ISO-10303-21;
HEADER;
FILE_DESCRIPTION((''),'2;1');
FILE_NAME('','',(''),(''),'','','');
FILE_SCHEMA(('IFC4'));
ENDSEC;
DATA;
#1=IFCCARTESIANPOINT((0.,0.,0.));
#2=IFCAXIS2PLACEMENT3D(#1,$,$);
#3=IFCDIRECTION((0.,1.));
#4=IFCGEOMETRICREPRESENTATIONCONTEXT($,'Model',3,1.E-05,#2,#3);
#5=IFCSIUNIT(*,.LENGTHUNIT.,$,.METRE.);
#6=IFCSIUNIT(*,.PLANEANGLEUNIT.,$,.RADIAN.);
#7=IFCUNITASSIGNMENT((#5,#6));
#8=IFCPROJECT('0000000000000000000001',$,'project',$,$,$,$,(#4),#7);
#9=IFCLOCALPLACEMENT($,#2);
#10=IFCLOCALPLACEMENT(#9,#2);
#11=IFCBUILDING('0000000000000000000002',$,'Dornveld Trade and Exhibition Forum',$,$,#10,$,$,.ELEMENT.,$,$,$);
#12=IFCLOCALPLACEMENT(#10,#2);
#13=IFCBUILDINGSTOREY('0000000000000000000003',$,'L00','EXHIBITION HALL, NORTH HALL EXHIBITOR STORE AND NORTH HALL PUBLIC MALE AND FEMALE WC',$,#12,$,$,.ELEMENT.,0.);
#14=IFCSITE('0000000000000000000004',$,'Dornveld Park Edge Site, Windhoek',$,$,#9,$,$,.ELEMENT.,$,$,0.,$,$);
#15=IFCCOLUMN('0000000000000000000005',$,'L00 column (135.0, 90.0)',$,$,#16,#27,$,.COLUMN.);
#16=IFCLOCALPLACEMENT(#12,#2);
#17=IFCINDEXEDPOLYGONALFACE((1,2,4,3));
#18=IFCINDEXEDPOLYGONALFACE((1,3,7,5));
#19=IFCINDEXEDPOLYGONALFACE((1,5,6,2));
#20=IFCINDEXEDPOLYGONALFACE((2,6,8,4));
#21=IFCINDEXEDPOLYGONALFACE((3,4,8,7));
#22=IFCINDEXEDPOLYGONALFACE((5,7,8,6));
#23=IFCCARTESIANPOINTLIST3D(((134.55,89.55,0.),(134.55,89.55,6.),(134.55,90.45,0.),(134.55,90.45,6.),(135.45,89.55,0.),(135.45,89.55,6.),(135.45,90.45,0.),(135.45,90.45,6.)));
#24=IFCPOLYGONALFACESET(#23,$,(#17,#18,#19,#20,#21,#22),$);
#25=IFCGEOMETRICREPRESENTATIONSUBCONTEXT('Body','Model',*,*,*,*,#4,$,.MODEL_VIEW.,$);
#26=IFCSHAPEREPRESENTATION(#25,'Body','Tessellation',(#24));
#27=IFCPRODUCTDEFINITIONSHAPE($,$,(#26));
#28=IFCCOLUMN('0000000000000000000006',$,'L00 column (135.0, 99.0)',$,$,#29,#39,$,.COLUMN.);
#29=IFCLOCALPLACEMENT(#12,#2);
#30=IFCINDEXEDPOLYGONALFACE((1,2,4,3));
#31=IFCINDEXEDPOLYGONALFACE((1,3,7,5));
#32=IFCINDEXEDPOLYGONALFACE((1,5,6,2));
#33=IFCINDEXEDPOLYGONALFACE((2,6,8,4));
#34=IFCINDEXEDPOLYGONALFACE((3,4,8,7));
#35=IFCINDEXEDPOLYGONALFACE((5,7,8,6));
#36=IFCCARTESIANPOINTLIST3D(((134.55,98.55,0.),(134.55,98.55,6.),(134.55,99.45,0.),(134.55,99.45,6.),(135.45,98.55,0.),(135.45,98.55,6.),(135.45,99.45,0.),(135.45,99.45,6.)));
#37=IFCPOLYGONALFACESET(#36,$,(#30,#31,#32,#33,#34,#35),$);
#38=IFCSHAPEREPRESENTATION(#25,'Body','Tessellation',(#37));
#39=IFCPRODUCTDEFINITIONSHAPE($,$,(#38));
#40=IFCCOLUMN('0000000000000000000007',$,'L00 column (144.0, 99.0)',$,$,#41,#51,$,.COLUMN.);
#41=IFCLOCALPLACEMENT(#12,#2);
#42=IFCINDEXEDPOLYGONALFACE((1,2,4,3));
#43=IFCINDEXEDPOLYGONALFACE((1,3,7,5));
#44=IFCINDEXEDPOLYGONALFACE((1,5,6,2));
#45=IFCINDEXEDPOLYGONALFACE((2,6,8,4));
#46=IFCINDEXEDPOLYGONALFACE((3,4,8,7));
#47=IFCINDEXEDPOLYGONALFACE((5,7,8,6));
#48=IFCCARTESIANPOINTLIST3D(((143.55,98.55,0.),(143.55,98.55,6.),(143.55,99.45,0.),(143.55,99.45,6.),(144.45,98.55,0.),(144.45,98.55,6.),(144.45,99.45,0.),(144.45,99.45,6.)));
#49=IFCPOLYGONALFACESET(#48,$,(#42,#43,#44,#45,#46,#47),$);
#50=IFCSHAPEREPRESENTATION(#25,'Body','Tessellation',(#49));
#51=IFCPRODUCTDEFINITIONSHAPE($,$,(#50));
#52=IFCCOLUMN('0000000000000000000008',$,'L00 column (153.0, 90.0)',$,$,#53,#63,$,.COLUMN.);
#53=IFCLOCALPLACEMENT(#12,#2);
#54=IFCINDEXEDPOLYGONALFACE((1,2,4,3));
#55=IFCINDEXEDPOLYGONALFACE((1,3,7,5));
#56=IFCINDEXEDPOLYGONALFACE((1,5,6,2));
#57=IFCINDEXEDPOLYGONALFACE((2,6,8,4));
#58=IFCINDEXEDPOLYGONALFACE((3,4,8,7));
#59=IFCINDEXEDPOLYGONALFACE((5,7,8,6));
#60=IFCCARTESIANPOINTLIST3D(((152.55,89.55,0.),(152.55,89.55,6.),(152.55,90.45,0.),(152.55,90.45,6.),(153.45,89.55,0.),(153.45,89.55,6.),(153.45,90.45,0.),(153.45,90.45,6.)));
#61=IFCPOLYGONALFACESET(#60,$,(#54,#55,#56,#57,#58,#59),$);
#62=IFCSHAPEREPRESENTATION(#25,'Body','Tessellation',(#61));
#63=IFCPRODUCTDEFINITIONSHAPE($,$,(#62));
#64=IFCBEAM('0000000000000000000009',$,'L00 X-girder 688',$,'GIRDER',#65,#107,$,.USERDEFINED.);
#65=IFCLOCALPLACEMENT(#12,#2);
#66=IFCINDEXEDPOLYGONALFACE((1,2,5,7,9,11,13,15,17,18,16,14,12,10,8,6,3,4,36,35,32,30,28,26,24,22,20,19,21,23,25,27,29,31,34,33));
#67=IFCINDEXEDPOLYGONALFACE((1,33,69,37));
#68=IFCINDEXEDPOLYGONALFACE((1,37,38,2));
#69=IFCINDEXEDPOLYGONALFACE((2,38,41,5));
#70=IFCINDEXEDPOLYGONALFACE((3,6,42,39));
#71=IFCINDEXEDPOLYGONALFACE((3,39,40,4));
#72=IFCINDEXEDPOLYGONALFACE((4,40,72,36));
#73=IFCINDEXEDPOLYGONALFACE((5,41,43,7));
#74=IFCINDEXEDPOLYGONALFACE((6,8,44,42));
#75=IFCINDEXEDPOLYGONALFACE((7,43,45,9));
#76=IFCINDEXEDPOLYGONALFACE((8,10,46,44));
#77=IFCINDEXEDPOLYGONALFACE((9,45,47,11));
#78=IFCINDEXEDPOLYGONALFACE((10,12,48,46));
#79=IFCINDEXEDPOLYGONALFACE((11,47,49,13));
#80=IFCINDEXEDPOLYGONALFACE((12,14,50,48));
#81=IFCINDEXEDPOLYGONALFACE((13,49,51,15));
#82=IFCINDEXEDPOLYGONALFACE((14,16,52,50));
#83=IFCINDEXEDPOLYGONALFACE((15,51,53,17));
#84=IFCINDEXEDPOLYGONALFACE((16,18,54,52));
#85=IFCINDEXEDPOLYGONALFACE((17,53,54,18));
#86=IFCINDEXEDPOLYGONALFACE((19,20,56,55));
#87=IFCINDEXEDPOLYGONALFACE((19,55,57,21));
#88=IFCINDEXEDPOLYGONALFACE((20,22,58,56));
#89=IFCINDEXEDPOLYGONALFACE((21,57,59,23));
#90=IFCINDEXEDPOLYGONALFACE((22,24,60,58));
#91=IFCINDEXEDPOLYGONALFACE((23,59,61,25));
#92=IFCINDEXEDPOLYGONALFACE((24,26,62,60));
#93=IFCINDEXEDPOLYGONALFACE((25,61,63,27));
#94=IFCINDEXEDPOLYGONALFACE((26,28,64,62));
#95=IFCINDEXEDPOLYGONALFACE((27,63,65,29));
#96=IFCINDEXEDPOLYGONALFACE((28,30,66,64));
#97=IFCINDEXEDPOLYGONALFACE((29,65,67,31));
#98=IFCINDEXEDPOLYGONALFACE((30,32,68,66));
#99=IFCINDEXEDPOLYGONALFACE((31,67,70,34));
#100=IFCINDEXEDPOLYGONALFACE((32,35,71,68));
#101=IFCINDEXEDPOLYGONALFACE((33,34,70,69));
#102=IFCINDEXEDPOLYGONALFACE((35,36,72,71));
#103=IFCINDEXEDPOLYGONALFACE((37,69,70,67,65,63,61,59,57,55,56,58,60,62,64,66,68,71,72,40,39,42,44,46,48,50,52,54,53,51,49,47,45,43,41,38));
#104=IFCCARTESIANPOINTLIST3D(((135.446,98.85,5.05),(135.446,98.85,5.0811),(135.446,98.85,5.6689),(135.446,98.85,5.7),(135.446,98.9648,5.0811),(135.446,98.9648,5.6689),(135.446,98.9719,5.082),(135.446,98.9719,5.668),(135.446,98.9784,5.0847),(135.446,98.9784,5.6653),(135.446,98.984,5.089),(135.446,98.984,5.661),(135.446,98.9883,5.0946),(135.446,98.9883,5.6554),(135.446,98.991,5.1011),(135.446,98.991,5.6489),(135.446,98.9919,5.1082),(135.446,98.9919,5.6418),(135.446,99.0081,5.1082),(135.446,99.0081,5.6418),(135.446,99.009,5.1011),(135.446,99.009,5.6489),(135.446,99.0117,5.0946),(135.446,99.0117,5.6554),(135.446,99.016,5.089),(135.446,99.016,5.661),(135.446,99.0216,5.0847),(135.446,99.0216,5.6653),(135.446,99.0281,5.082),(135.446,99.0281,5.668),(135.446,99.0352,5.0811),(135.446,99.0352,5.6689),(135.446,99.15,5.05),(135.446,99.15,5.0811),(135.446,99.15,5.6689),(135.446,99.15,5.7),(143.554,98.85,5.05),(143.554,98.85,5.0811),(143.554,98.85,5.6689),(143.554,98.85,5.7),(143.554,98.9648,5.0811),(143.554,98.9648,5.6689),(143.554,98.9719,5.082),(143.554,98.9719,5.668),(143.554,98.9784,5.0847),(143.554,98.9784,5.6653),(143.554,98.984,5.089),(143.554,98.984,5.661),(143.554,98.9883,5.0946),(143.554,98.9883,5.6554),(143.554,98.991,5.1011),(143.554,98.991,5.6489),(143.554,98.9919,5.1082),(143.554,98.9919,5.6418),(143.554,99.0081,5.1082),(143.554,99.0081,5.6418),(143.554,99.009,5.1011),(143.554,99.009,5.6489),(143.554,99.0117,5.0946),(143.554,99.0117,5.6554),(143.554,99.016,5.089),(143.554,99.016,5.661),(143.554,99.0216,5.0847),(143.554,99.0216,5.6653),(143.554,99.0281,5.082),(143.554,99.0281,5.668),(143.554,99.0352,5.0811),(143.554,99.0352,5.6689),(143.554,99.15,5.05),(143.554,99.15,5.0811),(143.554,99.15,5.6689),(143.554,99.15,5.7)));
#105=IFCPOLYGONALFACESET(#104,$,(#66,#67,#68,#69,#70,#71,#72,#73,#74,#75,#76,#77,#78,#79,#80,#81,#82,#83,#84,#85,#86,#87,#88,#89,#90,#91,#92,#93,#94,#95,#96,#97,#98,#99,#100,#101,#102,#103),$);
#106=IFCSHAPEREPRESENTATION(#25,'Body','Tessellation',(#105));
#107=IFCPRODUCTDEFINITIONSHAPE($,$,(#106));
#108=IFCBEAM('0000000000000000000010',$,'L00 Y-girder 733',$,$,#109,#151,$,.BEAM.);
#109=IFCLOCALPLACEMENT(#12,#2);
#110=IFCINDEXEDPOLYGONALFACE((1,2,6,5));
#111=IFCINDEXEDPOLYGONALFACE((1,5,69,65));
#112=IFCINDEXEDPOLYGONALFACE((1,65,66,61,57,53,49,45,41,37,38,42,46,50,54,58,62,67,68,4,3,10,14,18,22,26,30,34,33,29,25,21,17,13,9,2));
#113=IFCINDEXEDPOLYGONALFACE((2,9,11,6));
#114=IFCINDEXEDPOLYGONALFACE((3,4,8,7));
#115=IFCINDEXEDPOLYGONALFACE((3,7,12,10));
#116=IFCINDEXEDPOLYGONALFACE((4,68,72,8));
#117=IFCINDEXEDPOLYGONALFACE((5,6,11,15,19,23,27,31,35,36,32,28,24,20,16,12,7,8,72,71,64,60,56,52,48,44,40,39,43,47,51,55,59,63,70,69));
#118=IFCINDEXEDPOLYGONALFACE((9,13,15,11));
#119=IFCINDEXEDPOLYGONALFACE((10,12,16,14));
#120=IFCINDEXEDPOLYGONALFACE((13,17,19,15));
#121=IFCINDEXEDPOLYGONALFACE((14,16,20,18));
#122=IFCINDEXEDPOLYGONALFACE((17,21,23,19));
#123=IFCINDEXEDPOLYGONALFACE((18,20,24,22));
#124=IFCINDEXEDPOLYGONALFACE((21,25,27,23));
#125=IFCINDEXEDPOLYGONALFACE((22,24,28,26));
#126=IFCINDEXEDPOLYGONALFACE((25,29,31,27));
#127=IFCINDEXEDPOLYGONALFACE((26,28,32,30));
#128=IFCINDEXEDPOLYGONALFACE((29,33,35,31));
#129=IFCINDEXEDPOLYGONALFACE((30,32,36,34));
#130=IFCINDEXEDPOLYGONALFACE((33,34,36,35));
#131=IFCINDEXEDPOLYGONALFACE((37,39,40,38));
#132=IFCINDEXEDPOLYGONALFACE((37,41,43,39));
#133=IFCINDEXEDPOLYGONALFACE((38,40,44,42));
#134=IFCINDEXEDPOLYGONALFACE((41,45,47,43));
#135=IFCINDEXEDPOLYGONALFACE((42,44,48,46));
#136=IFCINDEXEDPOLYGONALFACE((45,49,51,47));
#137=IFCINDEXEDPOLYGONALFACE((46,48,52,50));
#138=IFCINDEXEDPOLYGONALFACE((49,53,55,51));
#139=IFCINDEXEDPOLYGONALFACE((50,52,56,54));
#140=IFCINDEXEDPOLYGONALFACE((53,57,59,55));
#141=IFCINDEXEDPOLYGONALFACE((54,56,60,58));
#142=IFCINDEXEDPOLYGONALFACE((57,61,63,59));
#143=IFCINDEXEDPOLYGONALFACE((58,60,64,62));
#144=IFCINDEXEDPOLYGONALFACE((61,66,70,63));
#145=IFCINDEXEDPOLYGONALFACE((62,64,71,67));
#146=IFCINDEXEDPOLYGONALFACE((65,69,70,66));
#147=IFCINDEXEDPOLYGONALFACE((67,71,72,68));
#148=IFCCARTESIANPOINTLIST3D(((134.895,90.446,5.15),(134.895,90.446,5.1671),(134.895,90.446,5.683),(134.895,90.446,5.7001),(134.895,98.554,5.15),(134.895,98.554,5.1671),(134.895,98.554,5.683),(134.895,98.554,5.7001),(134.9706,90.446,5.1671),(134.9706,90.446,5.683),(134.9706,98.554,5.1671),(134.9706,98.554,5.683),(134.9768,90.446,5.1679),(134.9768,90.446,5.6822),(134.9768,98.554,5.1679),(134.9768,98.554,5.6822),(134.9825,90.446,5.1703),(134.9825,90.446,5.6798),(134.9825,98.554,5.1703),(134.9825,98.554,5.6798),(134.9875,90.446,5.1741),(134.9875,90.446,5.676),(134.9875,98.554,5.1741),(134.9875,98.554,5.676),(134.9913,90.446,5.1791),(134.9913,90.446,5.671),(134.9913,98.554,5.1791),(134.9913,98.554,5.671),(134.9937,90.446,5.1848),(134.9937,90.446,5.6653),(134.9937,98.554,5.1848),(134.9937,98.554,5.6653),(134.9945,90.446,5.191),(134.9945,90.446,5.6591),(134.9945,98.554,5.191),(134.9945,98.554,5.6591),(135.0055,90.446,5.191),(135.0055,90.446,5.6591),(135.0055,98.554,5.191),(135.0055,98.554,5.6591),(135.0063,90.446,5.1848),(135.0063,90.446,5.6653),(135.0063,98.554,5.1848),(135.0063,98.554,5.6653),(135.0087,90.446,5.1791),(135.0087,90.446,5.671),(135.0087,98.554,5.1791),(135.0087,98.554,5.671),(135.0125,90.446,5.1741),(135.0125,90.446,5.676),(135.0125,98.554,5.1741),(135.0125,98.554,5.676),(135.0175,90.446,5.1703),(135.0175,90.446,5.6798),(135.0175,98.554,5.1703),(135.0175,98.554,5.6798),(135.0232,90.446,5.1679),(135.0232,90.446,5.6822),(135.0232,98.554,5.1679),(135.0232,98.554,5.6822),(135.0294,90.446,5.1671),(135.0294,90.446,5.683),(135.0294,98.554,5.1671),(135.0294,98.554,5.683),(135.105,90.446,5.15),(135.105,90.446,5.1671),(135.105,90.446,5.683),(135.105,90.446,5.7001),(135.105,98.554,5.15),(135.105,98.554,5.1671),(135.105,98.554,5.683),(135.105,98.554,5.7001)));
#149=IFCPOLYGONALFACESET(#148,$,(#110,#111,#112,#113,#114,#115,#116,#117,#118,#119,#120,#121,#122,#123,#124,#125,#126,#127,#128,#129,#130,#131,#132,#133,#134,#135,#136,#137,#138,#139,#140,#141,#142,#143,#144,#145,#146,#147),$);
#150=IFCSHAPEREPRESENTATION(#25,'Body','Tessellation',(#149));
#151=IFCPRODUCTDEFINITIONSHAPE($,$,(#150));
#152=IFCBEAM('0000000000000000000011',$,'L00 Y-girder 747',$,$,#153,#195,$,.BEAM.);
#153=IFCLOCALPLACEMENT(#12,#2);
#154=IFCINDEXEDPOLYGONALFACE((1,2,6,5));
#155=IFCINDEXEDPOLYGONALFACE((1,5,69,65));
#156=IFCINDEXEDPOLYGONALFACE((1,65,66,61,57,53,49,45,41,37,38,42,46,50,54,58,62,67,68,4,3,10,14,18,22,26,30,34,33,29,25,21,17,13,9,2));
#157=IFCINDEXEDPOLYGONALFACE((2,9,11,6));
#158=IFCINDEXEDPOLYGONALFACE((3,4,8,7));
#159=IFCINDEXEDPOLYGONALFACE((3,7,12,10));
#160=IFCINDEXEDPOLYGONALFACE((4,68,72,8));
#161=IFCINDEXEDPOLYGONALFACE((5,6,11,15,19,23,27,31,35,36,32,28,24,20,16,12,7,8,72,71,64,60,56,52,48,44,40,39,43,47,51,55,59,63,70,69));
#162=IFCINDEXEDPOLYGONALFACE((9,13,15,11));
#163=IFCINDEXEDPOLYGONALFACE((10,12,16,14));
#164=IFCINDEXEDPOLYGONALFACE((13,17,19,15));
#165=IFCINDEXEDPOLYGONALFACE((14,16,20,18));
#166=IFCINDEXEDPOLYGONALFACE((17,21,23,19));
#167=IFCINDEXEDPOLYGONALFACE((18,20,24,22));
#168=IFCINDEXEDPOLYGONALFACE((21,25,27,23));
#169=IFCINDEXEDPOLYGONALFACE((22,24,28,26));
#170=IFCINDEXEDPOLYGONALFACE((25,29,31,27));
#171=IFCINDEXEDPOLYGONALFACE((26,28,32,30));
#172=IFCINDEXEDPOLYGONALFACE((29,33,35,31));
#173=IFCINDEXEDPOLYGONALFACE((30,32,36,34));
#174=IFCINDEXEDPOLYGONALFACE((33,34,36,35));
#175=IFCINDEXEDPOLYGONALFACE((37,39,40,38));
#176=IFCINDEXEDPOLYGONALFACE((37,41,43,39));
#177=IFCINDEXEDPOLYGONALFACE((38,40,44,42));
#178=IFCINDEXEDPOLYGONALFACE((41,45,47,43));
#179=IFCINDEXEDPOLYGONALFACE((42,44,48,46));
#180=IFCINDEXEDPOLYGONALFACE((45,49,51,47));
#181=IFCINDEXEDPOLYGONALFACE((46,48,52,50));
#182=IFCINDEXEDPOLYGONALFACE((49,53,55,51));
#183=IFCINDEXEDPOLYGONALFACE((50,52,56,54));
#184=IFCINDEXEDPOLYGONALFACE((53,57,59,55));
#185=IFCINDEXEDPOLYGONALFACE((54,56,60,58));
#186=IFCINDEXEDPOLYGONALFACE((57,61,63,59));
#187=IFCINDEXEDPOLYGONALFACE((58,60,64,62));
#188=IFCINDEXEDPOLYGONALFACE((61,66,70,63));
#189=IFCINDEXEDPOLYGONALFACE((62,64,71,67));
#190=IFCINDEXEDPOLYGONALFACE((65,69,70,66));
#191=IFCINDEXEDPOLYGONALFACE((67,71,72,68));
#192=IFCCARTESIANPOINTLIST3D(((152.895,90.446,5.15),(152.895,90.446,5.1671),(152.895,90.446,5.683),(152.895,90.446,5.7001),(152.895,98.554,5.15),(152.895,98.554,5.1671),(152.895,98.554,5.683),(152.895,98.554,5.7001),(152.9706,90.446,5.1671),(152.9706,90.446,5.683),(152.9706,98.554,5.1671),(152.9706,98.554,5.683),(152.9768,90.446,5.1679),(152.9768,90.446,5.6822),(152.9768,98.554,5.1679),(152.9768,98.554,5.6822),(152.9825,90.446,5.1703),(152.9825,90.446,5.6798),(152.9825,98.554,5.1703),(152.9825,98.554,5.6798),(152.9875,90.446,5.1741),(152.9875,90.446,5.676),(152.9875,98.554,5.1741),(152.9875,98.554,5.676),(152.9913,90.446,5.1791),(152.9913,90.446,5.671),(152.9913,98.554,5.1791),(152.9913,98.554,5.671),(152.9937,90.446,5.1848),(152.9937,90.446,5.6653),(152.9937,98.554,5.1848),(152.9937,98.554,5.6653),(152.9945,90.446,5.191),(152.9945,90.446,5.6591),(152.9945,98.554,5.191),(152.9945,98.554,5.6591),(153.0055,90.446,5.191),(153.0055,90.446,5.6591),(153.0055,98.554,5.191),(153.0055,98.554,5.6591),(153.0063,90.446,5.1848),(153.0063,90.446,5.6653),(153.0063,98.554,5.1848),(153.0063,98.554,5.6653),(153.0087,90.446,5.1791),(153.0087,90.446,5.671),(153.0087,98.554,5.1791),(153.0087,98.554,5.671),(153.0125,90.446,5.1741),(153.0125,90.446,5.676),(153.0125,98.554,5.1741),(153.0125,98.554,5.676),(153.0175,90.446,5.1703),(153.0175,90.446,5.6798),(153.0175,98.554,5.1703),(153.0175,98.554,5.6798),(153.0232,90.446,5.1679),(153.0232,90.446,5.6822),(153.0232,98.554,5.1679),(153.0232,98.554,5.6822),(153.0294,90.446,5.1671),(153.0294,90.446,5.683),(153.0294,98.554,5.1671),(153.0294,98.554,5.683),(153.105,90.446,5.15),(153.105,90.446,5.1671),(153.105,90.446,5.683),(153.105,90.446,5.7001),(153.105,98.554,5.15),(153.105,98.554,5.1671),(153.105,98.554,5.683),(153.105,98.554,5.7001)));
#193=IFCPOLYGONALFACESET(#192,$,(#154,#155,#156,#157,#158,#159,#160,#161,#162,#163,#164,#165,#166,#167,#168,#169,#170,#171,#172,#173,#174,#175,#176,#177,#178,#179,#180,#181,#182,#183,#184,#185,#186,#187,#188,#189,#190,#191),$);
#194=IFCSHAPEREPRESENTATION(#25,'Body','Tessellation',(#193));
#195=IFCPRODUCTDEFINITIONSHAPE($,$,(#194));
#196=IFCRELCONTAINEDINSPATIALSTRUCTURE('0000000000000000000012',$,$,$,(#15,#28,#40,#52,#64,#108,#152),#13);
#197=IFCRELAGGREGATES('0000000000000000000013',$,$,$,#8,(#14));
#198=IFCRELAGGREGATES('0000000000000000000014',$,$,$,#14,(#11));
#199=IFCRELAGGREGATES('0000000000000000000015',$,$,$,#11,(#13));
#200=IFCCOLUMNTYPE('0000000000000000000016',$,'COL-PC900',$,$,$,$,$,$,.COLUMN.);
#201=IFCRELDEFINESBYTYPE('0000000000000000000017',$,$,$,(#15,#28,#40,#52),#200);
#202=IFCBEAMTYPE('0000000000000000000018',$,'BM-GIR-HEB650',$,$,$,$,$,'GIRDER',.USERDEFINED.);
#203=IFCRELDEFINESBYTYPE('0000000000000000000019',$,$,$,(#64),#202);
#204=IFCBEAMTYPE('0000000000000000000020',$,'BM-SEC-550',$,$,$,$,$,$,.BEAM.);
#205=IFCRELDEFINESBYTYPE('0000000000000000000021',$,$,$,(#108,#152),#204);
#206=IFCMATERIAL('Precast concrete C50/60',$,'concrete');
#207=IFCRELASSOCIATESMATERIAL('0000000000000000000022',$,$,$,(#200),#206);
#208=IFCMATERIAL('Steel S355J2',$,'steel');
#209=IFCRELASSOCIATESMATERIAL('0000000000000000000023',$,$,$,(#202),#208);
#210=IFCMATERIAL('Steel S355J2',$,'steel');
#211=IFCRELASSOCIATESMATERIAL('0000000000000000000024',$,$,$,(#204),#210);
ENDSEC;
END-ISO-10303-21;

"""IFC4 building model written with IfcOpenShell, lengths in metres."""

from ifc_helpers import new_model, si_unit, direction, frame, origin, origin_2d, place, context, subcontext, project, spatial, rectangle, i_section, extrude, material, material_profile, profile_set, type_object, element, save


model = new_model("IFC4")

# Units and contexts
model_context = context("Model", 3, precision=1e-05, world=origin(), true_north=direction((0.0, 1.0)))
body_context = subcontext(model_context, "Body", "Model", "MODEL_VIEW")
ifc_project = project(units=[si_unit("LENGTHUNIT", "METRE"), si_unit("PLANEANGLEUNIT", "RADIAN")], contexts=[model_context])

# Site, building, storey
site_placement = place(None, origin())
site = spatial("IfcSite", under=ifc_project, at=site_placement, Name="Dornveld Park Edge Site, Windhoek", CompositionType="ELEMENT", RefElevation=0.0)
building_placement = place(site_placement, origin())
building = spatial("IfcBuilding", under=site, at=building_placement, Name="Dornveld Trade and Exhibition Forum", CompositionType="ELEMENT")
storey_placement = place(building_placement, origin())
storey = spatial("IfcBuildingStorey", under=building, at=storey_placement, Name="L00", Description="EXHIBITION HALL, NORTH HALL EXHIBITOR STORE AND NORTH HALL PUBLIC MALE AND FEMALE WC", CompositionType="ELEMENT", Elevation=0.0)

# Columns
ifc_material_1 = material(Name="Precast concrete C50/60", Category="concrete")
ifc_material_profile_1 = material_profile(ifc_material_1, rectangle(XDim=0.8999, YDim=0.8999, at=origin_2d()), Name="PC-COL 900x900")
ifc_profile_set_1 = profile_set([ifc_material_profile_1], Name="Precast concrete C50/60")
column_type = type_object("IfcColumnType", Name="COL-PC900", PredefinedType="COLUMN", material=ifc_profile_set_1)
for number, where, z_axis, x_axis, name in (
    (1, (135.0, 90.0, 0.0), (0.0, 0.0, 1.0), (1.0, 0.0, 0.0), "L00 column (135.0, 90.0)"),
    (2, (135.0, 99.0, 0.0), (0.0, 0.0, 1.0), (1.0, 0.0, 0.0), "L00 column (135.0, 99.0)"),
    (3, (144.0, 99.0, 0.0), (0.0, 0.0, 1.0), (1.0, 0.0, 0.0), "L00 column (144.0, 99.0)"),
    (4, (153.0, 90.0, 0.0), (0.0, 0.0, 1.0), (1.0, 0.0, 0.0), "L00 column (153.0, 90.0)"),
):
    element("IfcColumn", number, at=place(storey_placement, frame(where, z_axis=z_axis, x_axis=x_axis)), inside=storey, type_object=column_type, Name=name, PredefinedType="COLUMN", context=body_context, shape_type="SweptSolid", body=[
        extrude(rectangle(XDim=0.8999, YDim=0.8999, at=origin_2d()), origin(), (0.0, 0.0, 1.0), 6.0),
    ])

# Beams
ifc_material_2 = material(Name="Steel S355J2", Category="steel")
ifc_material_profile_2 = material_profile(ifc_material_2, i_section(OverallWidth=0.3, OverallDepth=0.6499, WebThickness=0.0161, FlangeThickness=0.031, FilletRadius=0.0271, at=origin_2d()), Name="HEB 650")
ifc_profile_set_2 = profile_set([ifc_material_profile_2], Name="Steel S355J2")
beam_type_1 = type_object("IfcBeamType", Name="BM-GIR-HEB650", ElementType="GIRDER", PredefinedType="USERDEFINED", material=ifc_profile_set_2)
beam_placement = place(storey_placement, frame((135.446, 99.0, 5.375), z_axis=(1.0, 0.0, 0.0), x_axis=(0.0, 1.0, 0.0)))
element("IfcBeam", 5, at=beam_placement, inside=storey, type_object=beam_type_1, Name="L00 X-girder 688", ObjectType="GIRDER", PredefinedType="USERDEFINED", context=body_context, shape_type="SweptSolid", body=[
    extrude(i_section(OverallWidth=0.3, OverallDepth=0.6499, WebThickness=0.0161, FlangeThickness=0.031, FilletRadius=0.0271, at=origin_2d()), origin(), (0.0, 0.0, 1.0), 8.1079),
])
ifc_material_3 = material(Name="Steel S355J2", Category="steel")
ifc_material_profile_3 = material_profile(ifc_material_3, i_section(OverallWidth=0.21, OverallDepth=0.55, WebThickness=0.011, FlangeThickness=0.0171, FilletRadius=0.0239, at=origin_2d()), Name="IPE 550")
ifc_profile_set_3 = profile_set([ifc_material_profile_3], Name="Steel S355J2")
beam_type_2 = type_object("IfcBeamType", Name="BM-SEC-550", PredefinedType="BEAM", material=ifc_profile_set_3)
for number, where, z_axis, x_axis, name in (
    (6, (135.0, 90.446, 5.425), (0.0, 1.0, 0.0), (-1.0, 0.0, 0.0), "L00 Y-girder 733"),
    (7, (153.0, 90.446, 5.425), (0.0, 1.0, 0.0), (-1.0, 0.0, 0.0), "L00 Y-girder 747"),
):
    element("IfcBeam", number, at=place(storey_placement, frame(where, z_axis=z_axis, x_axis=x_axis)), inside=storey, type_object=beam_type_2, Name=name, PredefinedType="BEAM", context=body_context, shape_type="SweptSolid", body=[
        extrude(i_section(OverallWidth=0.21, OverallDepth=0.55, WebThickness=0.011, FlangeThickness=0.0171, FilletRadius=0.0239, at=origin_2d()), origin(), (0.0, 0.0, 1.0), 8.1079),
    ])

save(model, "model.ifc")
